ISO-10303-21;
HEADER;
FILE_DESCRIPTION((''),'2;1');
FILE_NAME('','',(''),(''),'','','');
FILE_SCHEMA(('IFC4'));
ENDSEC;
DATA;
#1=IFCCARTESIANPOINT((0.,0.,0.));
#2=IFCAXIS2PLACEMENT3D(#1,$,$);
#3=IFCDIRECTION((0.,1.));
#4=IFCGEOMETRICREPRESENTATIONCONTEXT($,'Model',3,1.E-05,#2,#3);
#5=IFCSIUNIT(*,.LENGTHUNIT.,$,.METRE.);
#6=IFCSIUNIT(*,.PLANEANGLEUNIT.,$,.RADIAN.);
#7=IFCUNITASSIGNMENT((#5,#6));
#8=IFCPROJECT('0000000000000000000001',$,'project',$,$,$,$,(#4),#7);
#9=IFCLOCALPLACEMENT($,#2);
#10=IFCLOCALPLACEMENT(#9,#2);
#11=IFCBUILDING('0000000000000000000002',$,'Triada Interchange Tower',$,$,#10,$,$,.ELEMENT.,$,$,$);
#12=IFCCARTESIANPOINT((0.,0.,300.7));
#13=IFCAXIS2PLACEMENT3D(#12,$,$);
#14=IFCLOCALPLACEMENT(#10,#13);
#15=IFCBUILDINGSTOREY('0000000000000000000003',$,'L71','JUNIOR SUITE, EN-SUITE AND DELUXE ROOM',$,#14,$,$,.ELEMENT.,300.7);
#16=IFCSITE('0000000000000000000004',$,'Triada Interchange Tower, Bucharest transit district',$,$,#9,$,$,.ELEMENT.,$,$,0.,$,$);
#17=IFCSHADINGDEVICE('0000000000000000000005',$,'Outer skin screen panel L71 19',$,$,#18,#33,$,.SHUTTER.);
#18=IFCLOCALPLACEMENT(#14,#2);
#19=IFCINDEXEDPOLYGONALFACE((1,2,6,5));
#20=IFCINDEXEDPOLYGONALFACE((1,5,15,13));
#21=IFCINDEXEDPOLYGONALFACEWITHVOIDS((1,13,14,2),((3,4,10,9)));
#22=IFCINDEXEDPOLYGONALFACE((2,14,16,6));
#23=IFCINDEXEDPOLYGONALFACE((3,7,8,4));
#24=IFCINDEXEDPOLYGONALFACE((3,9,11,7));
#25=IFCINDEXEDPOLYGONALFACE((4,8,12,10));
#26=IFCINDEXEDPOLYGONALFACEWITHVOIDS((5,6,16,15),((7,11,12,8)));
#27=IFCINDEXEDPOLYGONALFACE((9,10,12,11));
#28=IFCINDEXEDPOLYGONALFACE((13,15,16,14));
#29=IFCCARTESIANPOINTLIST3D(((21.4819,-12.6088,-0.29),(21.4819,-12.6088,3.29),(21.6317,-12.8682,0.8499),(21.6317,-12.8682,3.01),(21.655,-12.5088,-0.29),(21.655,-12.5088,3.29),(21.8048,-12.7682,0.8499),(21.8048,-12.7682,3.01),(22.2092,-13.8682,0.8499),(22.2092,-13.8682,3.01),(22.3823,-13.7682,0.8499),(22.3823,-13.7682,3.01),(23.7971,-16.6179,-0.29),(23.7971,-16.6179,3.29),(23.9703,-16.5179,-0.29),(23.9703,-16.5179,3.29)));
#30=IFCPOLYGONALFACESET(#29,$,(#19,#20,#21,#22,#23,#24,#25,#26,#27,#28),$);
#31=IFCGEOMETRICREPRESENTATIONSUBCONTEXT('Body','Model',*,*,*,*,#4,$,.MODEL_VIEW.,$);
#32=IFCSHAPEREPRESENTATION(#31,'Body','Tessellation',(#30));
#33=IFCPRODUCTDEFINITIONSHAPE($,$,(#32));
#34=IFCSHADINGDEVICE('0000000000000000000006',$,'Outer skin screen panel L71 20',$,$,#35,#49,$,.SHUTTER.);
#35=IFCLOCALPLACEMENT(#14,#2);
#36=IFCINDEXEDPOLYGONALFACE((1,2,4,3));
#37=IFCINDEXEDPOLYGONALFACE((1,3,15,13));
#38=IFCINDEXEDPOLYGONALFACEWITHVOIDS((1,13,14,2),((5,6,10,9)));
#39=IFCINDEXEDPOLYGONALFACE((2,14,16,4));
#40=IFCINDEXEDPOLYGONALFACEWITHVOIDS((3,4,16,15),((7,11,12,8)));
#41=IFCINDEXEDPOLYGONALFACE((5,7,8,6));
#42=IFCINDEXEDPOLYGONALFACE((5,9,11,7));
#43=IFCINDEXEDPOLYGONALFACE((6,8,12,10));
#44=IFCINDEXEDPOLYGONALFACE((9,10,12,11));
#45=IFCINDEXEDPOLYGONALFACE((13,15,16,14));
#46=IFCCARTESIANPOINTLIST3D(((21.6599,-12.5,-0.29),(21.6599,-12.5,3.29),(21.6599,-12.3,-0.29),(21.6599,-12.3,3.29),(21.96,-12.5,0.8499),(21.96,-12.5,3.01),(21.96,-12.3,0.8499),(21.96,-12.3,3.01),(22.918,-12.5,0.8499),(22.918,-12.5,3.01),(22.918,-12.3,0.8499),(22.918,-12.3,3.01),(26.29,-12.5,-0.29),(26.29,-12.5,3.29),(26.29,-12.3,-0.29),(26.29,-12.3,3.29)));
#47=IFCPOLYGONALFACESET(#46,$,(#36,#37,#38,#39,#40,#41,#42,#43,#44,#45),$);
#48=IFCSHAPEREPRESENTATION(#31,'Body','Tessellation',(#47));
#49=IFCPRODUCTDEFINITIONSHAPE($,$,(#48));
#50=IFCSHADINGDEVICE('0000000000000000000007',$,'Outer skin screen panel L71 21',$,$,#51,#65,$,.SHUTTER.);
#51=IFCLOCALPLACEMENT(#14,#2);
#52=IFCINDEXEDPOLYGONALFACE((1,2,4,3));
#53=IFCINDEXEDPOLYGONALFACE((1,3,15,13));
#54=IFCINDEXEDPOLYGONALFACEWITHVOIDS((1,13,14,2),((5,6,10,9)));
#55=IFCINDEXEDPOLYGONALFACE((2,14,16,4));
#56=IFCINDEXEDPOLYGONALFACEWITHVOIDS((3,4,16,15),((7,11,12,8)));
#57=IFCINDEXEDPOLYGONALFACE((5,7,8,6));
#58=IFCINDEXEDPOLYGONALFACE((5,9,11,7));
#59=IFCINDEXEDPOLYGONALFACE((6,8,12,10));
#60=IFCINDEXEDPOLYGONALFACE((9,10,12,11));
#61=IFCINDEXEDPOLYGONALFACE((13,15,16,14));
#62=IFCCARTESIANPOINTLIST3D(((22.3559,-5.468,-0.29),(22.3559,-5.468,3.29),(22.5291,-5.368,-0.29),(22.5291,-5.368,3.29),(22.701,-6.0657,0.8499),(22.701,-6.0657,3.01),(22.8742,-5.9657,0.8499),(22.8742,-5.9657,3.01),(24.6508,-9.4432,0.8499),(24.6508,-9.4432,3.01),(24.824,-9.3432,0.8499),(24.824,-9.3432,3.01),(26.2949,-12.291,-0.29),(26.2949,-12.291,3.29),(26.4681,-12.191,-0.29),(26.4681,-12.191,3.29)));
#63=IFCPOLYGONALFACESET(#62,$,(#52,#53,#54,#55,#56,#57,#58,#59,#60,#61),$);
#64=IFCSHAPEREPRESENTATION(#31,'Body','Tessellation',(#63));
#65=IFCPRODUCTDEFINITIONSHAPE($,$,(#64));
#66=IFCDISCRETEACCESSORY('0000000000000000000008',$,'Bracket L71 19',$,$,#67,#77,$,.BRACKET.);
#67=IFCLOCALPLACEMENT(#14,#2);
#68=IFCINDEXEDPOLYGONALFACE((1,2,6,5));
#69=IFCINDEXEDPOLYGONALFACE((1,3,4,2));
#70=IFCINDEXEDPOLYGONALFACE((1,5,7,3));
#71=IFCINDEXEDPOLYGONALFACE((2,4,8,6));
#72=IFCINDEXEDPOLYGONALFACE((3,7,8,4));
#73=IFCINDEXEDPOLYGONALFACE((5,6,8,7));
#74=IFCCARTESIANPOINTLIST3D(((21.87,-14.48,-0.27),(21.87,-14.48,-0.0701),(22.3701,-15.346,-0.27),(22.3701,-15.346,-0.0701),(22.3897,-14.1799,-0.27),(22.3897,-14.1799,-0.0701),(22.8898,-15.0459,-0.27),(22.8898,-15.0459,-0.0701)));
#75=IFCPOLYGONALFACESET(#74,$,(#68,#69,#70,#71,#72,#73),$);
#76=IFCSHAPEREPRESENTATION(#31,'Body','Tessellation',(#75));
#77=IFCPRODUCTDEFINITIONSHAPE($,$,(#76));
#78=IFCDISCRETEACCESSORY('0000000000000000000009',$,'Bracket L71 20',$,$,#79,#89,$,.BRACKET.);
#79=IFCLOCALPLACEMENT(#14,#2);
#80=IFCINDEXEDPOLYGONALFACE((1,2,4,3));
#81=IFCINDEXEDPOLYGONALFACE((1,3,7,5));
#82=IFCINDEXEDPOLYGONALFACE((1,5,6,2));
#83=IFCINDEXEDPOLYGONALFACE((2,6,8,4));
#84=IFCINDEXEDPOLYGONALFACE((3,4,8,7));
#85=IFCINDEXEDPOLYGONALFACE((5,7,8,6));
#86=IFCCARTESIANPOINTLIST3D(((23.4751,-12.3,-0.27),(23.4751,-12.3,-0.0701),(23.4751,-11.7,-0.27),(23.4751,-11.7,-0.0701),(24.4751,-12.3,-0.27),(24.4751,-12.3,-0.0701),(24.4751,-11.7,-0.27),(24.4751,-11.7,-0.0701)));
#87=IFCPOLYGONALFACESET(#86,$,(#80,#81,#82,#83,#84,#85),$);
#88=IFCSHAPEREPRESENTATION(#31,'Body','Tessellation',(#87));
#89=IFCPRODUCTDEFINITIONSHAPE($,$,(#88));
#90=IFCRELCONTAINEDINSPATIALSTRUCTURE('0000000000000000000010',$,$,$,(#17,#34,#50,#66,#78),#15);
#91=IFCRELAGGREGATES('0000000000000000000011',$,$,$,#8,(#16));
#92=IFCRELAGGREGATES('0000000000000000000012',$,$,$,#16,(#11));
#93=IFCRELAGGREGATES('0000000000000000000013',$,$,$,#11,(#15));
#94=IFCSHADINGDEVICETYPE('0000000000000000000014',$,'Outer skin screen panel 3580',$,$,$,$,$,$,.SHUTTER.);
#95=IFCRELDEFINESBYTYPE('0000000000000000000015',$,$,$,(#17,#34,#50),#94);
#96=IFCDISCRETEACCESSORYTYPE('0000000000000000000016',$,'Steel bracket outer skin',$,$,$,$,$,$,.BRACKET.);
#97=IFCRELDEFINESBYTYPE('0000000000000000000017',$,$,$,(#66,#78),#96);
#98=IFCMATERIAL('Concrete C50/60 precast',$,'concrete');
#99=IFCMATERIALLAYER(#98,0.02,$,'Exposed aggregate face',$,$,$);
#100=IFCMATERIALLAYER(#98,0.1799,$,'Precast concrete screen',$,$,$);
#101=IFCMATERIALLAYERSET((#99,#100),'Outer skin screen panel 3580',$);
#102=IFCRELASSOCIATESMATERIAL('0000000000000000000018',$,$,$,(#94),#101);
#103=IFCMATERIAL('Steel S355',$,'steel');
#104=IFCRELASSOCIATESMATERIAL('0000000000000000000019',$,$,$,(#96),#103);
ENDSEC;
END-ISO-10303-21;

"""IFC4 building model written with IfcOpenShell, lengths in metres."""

from ifc_helpers import new_model, si_unit, direction, frame, origin, origin_2d, place, context, subcontext, project, spatial, polyline, rectangle, outline, extrude, material, layer, layer_set, type_object, element, save


model = new_model("IFC4")

# Units and contexts
model_context = context("Model", 3, precision=1e-05, world=origin(), true_north=direction((0.0, 1.0)))
body_context = subcontext(model_context, "Body", "Model", "MODEL_VIEW")
ifc_project = project(units=[si_unit("LENGTHUNIT", "METRE"), si_unit("PLANEANGLEUNIT", "RADIAN")], contexts=[model_context])

# Site, building, storey
site_placement = place(None, origin())
site = spatial("IfcSite", under=ifc_project, at=site_placement, Name="Triada Interchange Tower, Bucharest transit district", CompositionType="ELEMENT", RefElevation=0.0)
building_placement = place(site_placement, origin())
building = spatial("IfcBuilding", under=site, at=building_placement, Name="Triada Interchange Tower", CompositionType="ELEMENT")
storey_placement = place(building_placement, frame((0.0, 0.0, 300.7)))
storey = spatial("IfcBuildingStorey", under=building, at=storey_placement, Name="L71", Description="JUNIOR SUITE, EN-SUITE AND DELUXE ROOM", CompositionType="ELEMENT", Elevation=300.7)

# Shading devices
ifc_material_1 = material(Name="Concrete C50/60 precast", Category="concrete")
ifc_layer_1 = layer(ifc_material_1, 0.02, Name="Exposed aggregate face")
ifc_layer_2 = layer(ifc_material_1, 0.1799, Name="Precast concrete screen")
ifc_layer_set_1 = layer_set([ifc_layer_1, ifc_layer_2], Name="Outer skin screen panel 3580")
shading_device_type = type_object("IfcShadingDeviceType", Name="Outer skin screen panel 3580", PredefinedType="SHUTTER", material=ifc_layer_set_1)
shading_device_1_placement = place(storey_placement, frame((23.7971, -16.6179, -0.29), z_axis=(0.0, 0.0, 1.0), x_axis=(-0.500092, 0.865972, 0.0)))
element("IfcShadingDevice", 1, at=shading_device_1_placement, inside=storey, type_object=shading_device_type, Name="Outer skin screen panel L71 19", PredefinedType="SHUTTER", context=body_context, shape_type="SweptSolid", body=[
    extrude(outline(polyline([(0.0, 0.0), (4.6296, 0.0), (4.6296, 3.5801), (0.0, 3.5801), (0.0, 0.0)]), holes=[polyline([(3.1753, 1.1399), (3.1753, 3.3), (4.3301, 3.3), (4.3301, 1.1399), (3.1753, 1.1399)])]), frame((0.0, 0.0, 0.0), z_axis=(0.0, -1.0, 0.0), x_axis=(1.0, 0.0, 0.0)), (0.0, 0.0, 1.0), 0.2),
])
shading_device_2_placement = place(storey_placement, frame((21.6599, -12.3, -0.29), z_axis=(0.0, 0.0, 1.0), x_axis=(1.0, 0.0, 0.0)))
element("IfcShadingDevice", 2, at=shading_device_2_placement, inside=storey, type_object=shading_device_type, Name="Outer skin screen panel L71 20", PredefinedType="SHUTTER", context=body_context, shape_type="SweptSolid", body=[
    extrude(outline(polyline([(0.0, 0.0), (4.6301, 0.0), (4.6301, 3.5801), (0.0, 3.5801), (0.0, 0.0)]), holes=[polyline([(0.3, 1.1399), (0.3, 3.3), (1.2581, 3.3), (1.2581, 1.1399), (0.3, 1.1399)])]), frame((0.0, 0.0, 0.0), z_axis=(0.0, -1.0, 0.0), x_axis=(1.0, 0.0, 0.0)), (0.0, 0.0, 1.0), 0.2),
])
shading_device_3_placement = place(storey_placement, frame((26.2949, -12.291, -0.29), z_axis=(0.0, 0.0, 1.0), x_axis=(-0.499972, 0.866042, 0.0)))
element("IfcShadingDevice", 3, at=shading_device_3_placement, inside=storey, type_object=shading_device_type, Name="Outer skin screen panel L71 21", PredefinedType="SHUTTER", context=body_context, shape_type="SweptSolid", body=[
    extrude(outline(polyline([(0.0, 0.0), (7.8784, 0.0), (7.8784, 3.5801), (0.0, 3.5801), (0.0, 0.0)]), holes=[polyline([(3.2883, 1.1399), (3.2883, 3.3), (7.1882, 3.3), (7.1882, 1.1399), (3.2883, 1.1399)])]), frame((0.0, 0.0, 0.0), z_axis=(0.0, -1.0, 0.0), x_axis=(1.0, 0.0, 0.0)), (0.0, 0.0, 1.0), 0.2),
])

# Discrete accessories
ifc_material_2 = material(Name="Steel S355", Category="steel")
discrete_accessory_type = type_object("IfcDiscreteAccessoryType", Name="Steel bracket outer skin", PredefinedType="BRACKET", material=ifc_material_2)
for number, where, z_axis, x_axis, name in (
    (4, (22.3799, -14.7629, -0.27), (0.0, 0.0, 1.0), (0.865956, 0.500121, 0.0), "Bracket L71 19"),
    (5, (23.9751, -12.0, -0.27), (0.0, 0.0, 1.0), (0.0, -1.0, 0.0), "Bracket L71 20"),
):
    element("IfcDiscreteAccessory", number, at=place(storey_placement, frame(where, z_axis=z_axis, x_axis=x_axis)), inside=storey, type_object=discrete_accessory_type, Name=name, PredefinedType="BRACKET", context=body_context, shape_type="SweptSolid", body=[
        extrude(rectangle(XDim=0.6001, YDim=1.0, at=origin_2d()), origin(), (0.0, 0.0, 1.0), 0.2),
    ])

save(model, "model.ifc")
